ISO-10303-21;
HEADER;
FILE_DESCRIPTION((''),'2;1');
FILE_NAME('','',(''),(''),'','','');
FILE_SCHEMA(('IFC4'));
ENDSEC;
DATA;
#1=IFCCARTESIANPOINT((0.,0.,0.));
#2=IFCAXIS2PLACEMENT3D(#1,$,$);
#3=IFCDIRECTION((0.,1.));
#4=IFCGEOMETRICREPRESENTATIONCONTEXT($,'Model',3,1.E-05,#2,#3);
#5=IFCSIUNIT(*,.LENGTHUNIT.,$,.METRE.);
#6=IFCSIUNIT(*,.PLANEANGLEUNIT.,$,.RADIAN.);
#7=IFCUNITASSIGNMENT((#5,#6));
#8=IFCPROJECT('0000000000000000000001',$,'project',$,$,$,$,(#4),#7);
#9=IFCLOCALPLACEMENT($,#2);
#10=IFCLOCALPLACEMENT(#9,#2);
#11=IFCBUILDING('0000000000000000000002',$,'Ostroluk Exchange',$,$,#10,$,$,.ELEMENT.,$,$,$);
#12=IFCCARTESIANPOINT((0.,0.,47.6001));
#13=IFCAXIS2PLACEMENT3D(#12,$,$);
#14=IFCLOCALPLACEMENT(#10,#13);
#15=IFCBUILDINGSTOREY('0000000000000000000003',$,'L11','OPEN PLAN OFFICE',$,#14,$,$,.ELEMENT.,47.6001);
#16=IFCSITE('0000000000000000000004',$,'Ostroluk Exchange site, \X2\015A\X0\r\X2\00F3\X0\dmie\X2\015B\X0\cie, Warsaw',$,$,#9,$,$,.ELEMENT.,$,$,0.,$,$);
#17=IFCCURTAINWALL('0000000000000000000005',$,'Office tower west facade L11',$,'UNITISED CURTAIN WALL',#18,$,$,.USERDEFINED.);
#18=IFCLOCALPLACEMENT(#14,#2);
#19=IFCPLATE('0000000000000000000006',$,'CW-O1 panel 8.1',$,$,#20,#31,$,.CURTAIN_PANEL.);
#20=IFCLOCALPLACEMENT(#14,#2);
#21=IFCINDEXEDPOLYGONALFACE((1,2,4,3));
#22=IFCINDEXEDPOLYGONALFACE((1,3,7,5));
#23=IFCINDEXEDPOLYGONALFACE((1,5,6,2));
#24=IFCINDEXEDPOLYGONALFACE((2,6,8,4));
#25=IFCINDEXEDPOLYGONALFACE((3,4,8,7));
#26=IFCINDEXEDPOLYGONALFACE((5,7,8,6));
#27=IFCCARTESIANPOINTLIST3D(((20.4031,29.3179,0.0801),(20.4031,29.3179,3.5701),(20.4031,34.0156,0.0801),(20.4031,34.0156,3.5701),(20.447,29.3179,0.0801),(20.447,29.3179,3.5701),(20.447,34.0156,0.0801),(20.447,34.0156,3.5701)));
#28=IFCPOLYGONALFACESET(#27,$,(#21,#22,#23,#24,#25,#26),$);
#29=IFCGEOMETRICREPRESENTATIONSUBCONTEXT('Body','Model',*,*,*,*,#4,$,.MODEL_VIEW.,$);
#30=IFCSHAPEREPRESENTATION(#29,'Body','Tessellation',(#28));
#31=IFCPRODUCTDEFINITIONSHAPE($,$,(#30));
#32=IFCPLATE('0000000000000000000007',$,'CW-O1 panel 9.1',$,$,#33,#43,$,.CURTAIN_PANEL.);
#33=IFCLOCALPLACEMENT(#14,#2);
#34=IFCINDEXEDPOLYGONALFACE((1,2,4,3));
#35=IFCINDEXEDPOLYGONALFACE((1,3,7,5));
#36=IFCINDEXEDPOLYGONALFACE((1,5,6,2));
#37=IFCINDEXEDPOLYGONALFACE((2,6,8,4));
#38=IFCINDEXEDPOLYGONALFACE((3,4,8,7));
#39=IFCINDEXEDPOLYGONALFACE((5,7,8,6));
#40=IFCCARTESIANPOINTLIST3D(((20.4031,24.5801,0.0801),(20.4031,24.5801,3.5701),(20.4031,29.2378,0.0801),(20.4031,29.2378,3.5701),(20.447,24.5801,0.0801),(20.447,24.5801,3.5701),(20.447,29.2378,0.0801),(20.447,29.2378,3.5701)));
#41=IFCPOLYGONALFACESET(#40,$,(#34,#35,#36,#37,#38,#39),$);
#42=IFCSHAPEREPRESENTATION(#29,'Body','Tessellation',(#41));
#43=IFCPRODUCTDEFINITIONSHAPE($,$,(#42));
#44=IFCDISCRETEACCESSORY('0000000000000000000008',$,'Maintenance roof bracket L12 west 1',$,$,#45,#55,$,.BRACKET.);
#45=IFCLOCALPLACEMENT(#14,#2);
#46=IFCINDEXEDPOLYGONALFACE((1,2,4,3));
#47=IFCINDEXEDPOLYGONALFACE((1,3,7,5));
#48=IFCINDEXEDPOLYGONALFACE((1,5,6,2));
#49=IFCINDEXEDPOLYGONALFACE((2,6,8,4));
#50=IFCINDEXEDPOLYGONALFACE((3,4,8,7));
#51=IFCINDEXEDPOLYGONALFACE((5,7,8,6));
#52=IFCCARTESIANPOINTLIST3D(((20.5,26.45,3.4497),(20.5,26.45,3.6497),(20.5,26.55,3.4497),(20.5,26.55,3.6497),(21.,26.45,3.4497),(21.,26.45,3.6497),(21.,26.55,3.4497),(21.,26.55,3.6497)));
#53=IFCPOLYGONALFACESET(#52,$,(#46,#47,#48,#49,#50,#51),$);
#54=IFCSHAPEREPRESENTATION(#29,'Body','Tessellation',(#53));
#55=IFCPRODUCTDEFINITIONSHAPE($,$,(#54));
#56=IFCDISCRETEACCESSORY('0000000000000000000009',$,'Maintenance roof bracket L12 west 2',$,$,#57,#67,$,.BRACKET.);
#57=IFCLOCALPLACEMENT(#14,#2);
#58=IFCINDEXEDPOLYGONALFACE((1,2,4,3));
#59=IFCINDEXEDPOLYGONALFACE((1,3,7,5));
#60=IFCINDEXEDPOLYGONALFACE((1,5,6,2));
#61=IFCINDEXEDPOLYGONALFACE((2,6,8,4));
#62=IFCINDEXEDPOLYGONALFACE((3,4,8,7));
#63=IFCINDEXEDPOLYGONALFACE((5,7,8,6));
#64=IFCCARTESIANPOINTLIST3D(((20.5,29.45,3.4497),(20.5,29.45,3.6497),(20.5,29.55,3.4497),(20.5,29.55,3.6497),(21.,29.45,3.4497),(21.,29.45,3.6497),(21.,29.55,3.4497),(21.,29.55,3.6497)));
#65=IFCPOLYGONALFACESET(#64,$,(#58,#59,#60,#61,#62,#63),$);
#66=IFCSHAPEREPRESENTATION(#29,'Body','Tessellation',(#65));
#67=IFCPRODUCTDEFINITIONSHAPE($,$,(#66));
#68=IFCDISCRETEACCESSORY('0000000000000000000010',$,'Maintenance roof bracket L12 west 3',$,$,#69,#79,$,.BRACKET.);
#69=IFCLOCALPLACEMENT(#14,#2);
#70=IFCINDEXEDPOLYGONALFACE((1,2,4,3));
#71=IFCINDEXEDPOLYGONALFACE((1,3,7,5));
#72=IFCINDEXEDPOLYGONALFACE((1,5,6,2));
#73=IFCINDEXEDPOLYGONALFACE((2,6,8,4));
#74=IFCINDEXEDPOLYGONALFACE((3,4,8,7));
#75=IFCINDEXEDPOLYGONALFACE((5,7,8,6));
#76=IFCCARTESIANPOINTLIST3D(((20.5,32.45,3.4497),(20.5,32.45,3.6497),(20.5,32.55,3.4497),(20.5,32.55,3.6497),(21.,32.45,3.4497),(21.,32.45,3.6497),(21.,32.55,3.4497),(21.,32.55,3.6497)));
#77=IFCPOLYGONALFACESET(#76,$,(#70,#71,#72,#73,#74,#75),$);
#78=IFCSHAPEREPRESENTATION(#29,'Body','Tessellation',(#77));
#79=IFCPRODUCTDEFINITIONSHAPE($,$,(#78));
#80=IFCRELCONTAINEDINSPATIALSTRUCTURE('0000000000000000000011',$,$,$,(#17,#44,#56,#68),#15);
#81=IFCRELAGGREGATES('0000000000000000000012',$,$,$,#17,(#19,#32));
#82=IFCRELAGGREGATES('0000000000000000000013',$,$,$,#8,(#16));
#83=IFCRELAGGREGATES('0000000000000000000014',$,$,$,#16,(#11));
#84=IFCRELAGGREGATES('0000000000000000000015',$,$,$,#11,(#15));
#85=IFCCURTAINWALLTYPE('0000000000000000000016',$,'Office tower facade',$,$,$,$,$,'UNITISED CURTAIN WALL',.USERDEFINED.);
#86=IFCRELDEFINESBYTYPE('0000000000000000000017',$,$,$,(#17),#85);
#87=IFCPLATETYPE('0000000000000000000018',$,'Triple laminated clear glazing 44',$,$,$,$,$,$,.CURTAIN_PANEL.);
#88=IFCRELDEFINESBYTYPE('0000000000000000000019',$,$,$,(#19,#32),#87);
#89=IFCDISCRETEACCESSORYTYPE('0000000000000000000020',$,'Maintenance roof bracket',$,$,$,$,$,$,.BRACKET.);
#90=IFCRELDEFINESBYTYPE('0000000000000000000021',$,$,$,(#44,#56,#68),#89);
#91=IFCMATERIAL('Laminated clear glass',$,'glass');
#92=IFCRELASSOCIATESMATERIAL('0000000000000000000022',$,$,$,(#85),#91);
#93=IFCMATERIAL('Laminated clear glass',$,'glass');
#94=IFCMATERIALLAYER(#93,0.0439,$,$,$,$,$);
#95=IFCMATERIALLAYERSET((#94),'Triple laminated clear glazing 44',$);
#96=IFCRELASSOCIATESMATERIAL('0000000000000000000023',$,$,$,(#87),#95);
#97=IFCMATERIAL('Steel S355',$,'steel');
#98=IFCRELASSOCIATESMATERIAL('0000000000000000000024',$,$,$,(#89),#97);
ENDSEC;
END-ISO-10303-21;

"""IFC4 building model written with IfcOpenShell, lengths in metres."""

from ifc_helpers import new_model, si_unit, direction, frame, origin, origin_2d, place, context, subcontext, project, spatial, rectangle, extrude, material, layer, layer_set, type_object, element, aggregate, save


model = new_model("IFC4")

# Units and contexts
model_context = context("Model", 3, precision=1e-05, world=origin(), true_north=direction((0.0, 1.0)))
body_context = subcontext(model_context, "Body", "Model", "MODEL_VIEW")
ifc_project = project(units=[si_unit("LENGTHUNIT", "METRE"), si_unit("PLANEANGLEUNIT", "RADIAN")], contexts=[model_context])

# Site, building, storey
site_placement = place(None, origin())
site = spatial("IfcSite", under=ifc_project, at=site_placement, Name="Ostroluk Exchange site, Śródmieście, Warsaw", CompositionType="ELEMENT", RefElevation=0.0)
building_placement = place(site_placement, origin())
building = spatial("IfcBuilding", under=site, at=building_placement, Name="Ostroluk Exchange", CompositionType="ELEMENT")
storey_placement = place(building_placement, frame((0.0, 0.0, 47.6001)))
storey = spatial("IfcBuildingStorey", under=building, at=storey_placement, Name="L11", Description="OPEN PLAN OFFICE", CompositionType="ELEMENT", Elevation=47.6001)

# Curtain wall, plates
ifc_material_1 = material(Name="Laminated clear glass", Category="glass")
curtain_wall_type = type_object("IfcCurtainWallType", Name="Office tower facade", ElementType="UNITISED CURTAIN WALL", PredefinedType="USERDEFINED", material=ifc_material_1)
curtain_wall_placement = place(storey_placement, origin())
curtain_wall = element("IfcCurtainWall", 1, at=curtain_wall_placement, inside=storey, type_object=curtain_wall_type, Name="Office tower west facade L11", ObjectType="UNITISED CURTAIN WALL", PredefinedType="USERDEFINED")
ifc_material_2 = material(Name="Laminated clear glass", Category="glass")
ifc_layer = layer(ifc_material_2, 0.0439)
ifc_layer_set = layer_set([ifc_layer], Name="Triple laminated clear glazing 44")
plate_type = type_object("IfcPlateType", Name="Triple laminated clear glazing 44", PredefinedType="CURTAIN_PANEL", material=ifc_layer_set)
plate_1_placement = place(storey_placement, frame((20.425, 31.6667, 0.0801), z_axis=(0.0, 0.0, 1.0), x_axis=(0.0, -1.0, 0.0)))
plate_1 = element("IfcPlate", 2, at=plate_1_placement, type_object=plate_type, Name="CW-O1 panel 8.1", PredefinedType="CURTAIN_PANEL", context=body_context, shape_type="SweptSolid", body=[
    extrude(rectangle(XDim=4.6978, YDim=0.0439, at=origin_2d()), origin(), (0.0, 0.0, 1.0), 3.49),
])
plate_2_placement = place(storey_placement, frame((20.425, 26.9089, 0.0801), z_axis=(0.0, 0.0, 1.0), x_axis=(0.0, -1.0, 0.0)))
plate_2 = element("IfcPlate", 3, at=plate_2_placement, type_object=plate_type, Name="CW-O1 panel 9.1", PredefinedType="CURTAIN_PANEL", context=body_context, shape_type="SweptSolid", body=[
    extrude(rectangle(XDim=4.6577, YDim=0.0439, at=origin_2d()), origin(), (0.0, 0.0, 1.0), 3.49),
])
aggregate(curtain_wall, [plate_1, plate_2])

# Discrete accessories
ifc_material_3 = material(Name="Steel S355", Category="steel")
discrete_accessory_type = type_object("IfcDiscreteAccessoryType", Name="Maintenance roof bracket", PredefinedType="BRACKET", material=ifc_material_3)
for number, where, z_axis, x_axis, name in (
    (4, (20.75, 26.5, 3.4497), (0.0, 0.0, 1.0), (1.0, 0.0, 0.0), "Maintenance roof bracket L12 west 1"),
    (5, (20.75, 29.5, 3.4497), (0.0, 0.0, 1.0), (1.0, 0.0, 0.0), "Maintenance roof bracket L12 west 2"),
    (6, (20.75, 32.5, 3.4497), (0.0, 0.0, 1.0), (1.0, 0.0, 0.0), "Maintenance roof bracket L12 west 3"),
):
    element("IfcDiscreteAccessory", number, at=place(storey_placement, frame(where, z_axis=z_axis, x_axis=x_axis)), inside=storey, type_object=discrete_accessory_type, Name=name, PredefinedType="BRACKET", context=body_context, shape_type="SweptSolid", body=[
        extrude(rectangle(XDim=0.5, YDim=0.1001, at=origin_2d()), origin(), (0.0, 0.0, 1.0), 0.2),
    ])

save(model, "model.ifc")
